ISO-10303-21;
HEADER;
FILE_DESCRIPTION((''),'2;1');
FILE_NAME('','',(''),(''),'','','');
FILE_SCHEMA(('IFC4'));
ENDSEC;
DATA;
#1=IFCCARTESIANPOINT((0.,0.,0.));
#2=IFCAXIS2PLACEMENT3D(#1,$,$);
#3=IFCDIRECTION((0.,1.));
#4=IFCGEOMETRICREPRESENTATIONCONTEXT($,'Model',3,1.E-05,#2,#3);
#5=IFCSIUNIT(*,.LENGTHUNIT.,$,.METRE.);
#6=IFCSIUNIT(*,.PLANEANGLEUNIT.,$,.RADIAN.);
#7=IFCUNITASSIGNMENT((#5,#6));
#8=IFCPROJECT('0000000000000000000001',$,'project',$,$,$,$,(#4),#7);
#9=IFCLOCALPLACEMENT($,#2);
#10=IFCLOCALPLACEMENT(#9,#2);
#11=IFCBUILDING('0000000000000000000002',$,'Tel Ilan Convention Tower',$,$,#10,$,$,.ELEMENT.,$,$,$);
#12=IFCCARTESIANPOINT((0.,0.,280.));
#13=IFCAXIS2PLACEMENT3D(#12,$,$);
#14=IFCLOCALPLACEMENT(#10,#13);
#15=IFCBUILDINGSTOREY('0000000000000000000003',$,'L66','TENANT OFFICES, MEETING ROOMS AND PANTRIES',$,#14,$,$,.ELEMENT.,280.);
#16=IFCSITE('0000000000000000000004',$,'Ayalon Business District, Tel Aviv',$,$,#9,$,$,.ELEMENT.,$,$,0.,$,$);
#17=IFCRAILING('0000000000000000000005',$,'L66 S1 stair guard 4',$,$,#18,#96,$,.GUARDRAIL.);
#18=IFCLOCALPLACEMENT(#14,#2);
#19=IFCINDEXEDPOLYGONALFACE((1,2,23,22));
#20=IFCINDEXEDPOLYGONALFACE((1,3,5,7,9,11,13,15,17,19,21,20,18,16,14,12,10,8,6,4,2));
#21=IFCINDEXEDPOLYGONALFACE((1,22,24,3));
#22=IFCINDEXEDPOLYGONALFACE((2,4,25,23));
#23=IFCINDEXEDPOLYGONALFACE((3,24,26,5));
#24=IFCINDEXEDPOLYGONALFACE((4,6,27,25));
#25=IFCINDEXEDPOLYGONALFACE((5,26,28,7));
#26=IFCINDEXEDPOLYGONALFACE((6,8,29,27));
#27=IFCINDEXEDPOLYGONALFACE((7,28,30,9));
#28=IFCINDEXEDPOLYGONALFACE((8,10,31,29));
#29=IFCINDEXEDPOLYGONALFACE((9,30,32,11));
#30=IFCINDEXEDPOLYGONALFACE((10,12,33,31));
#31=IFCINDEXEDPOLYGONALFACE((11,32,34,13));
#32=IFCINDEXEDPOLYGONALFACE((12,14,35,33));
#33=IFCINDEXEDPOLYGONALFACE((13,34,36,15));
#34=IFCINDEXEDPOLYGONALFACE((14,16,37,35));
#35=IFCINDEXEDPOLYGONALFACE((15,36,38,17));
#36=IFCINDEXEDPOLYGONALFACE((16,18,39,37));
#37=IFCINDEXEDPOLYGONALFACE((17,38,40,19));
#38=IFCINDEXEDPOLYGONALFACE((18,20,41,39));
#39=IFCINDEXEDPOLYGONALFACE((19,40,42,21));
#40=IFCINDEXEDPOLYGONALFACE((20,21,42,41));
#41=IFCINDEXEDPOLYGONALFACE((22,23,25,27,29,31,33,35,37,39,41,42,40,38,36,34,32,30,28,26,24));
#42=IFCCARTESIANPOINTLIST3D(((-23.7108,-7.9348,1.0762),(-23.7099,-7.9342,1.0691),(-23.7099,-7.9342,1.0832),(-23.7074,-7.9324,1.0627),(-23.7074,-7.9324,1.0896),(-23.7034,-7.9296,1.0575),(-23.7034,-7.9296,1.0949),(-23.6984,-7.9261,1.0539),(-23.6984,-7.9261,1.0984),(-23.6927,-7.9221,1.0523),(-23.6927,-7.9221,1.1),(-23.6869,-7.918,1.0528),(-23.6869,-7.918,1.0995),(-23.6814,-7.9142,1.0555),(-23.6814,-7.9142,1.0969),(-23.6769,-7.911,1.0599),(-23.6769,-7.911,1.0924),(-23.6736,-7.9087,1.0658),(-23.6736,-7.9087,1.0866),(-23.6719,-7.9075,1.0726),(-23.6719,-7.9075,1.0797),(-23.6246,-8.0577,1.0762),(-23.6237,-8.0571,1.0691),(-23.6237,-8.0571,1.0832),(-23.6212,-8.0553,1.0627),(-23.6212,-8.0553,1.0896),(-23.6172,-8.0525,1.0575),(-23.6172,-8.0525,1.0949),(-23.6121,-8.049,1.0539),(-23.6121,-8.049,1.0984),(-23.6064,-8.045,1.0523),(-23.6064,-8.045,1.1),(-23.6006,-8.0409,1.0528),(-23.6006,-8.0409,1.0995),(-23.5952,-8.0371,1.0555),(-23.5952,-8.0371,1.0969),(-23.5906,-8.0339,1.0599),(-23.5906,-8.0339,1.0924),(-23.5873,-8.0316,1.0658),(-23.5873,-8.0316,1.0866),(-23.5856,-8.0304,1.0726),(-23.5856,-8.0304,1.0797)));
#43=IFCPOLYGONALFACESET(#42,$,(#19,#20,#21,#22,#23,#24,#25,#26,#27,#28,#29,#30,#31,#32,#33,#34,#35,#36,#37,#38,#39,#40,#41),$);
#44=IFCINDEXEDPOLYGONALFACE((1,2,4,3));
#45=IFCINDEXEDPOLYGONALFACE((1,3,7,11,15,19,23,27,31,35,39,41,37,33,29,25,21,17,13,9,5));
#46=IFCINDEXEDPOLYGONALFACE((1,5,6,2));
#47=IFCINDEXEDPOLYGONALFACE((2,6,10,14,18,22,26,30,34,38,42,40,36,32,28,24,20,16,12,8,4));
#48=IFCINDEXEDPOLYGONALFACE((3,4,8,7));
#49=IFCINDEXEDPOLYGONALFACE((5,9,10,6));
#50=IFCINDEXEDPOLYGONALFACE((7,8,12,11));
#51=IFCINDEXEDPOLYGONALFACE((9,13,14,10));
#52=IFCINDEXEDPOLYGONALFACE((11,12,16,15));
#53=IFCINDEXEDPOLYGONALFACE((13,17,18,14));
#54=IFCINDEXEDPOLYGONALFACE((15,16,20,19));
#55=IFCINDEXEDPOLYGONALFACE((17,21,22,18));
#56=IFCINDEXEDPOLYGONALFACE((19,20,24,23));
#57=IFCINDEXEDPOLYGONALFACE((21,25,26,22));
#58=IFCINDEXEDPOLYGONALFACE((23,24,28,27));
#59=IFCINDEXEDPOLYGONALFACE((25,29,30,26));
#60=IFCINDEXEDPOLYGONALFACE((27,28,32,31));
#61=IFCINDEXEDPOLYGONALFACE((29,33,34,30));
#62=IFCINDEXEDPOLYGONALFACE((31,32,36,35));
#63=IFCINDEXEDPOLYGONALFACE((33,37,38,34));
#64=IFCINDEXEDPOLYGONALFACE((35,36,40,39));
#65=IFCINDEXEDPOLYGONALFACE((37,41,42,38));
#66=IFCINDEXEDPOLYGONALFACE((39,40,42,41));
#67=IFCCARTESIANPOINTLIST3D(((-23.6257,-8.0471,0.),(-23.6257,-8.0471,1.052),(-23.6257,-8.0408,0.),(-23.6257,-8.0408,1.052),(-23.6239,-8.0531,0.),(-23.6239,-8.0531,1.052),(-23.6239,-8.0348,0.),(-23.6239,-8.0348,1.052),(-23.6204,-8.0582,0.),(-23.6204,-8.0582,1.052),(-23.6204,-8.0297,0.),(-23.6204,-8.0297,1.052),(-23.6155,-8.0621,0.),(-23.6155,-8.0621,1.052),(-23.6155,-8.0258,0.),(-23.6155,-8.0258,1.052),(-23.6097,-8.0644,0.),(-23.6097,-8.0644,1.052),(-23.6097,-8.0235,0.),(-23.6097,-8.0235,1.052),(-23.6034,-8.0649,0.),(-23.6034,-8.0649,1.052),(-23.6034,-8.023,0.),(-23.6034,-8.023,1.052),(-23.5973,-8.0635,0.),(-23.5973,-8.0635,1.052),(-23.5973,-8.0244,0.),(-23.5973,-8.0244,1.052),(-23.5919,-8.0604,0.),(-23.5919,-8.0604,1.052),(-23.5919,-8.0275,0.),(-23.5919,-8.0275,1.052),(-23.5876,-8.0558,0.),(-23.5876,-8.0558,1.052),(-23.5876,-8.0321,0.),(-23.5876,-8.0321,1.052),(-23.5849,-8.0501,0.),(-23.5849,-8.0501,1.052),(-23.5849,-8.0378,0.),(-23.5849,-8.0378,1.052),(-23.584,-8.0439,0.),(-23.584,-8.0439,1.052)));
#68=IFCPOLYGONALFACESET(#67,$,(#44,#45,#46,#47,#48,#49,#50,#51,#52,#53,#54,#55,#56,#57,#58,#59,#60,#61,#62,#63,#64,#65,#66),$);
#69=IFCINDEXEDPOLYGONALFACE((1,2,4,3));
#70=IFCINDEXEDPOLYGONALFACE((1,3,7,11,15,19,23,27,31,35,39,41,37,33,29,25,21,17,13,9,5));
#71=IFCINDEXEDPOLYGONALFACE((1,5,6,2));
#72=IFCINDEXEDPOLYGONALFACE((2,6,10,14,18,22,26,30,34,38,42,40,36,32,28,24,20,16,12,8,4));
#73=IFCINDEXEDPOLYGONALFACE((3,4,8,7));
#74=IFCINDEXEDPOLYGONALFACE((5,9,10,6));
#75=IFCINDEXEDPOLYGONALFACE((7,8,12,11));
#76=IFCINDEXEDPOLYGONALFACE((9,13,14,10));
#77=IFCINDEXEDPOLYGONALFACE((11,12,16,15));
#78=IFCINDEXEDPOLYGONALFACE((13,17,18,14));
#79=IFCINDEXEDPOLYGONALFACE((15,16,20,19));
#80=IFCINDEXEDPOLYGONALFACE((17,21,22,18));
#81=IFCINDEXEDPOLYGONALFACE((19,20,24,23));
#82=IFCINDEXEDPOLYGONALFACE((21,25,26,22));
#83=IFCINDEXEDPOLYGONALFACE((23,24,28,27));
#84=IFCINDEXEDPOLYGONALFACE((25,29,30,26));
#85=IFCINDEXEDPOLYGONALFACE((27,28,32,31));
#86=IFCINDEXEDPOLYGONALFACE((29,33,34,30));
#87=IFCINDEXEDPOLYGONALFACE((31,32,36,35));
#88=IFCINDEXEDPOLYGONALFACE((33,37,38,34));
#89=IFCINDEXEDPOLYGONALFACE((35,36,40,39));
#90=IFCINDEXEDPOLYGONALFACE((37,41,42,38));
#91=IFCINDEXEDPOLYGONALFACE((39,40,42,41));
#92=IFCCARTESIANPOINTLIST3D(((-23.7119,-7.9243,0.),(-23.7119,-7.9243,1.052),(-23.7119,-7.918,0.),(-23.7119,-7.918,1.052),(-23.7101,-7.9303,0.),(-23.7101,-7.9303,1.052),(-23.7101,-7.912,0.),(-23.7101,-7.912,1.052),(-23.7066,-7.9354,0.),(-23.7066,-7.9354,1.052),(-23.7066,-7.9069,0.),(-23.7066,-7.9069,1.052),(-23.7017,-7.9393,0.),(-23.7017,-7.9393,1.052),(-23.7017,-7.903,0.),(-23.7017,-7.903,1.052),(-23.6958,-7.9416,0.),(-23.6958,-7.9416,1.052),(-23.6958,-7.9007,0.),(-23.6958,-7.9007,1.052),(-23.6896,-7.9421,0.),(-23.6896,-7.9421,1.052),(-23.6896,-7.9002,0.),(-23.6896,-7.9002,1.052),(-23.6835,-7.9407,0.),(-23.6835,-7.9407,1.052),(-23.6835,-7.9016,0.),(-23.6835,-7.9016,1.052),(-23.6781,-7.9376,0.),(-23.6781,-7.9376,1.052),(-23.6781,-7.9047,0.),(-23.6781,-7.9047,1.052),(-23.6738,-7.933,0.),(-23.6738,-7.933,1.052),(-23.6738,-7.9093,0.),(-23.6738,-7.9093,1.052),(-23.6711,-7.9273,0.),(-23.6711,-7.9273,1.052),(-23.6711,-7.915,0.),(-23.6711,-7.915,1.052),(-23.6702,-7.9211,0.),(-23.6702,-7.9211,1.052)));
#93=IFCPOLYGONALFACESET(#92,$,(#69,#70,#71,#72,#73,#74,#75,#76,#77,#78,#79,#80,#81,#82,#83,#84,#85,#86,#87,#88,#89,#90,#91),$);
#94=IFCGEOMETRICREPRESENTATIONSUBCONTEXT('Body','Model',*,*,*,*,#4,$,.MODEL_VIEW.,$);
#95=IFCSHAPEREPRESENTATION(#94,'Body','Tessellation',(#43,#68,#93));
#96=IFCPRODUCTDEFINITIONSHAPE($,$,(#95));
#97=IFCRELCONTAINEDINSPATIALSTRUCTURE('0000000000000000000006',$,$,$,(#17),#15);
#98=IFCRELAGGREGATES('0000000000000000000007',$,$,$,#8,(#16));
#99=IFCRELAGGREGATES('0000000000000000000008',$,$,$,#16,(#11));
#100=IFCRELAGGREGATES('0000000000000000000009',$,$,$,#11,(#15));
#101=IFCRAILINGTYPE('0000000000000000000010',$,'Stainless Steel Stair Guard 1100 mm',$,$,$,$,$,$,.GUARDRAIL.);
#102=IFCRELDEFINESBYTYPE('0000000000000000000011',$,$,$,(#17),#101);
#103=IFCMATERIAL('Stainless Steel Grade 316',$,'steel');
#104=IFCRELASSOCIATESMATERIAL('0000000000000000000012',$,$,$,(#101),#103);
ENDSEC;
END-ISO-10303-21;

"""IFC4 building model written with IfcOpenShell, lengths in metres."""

from ifc_helpers import new_model, si_unit, direction, frame, origin, origin_2d, place, context, subcontext, project, spatial, circle, extrude, material, type_object, element, save


model = new_model("IFC4")

# Units and contexts
model_context = context("Model", 3, precision=1e-05, world=origin(), true_north=direction((0.0, 1.0)))
body_context = subcontext(model_context, "Body", "Model", "MODEL_VIEW")
ifc_project = project(units=[si_unit("LENGTHUNIT", "METRE"), si_unit("PLANEANGLEUNIT", "RADIAN")], contexts=[model_context])

# Site, building, storey
site_placement = place(None, origin())
site = spatial("IfcSite", under=ifc_project, at=site_placement, Name="Ayalon Business District, Tel Aviv", CompositionType="ELEMENT", RefElevation=0.0)
building_placement = place(site_placement, origin())
building = spatial("IfcBuilding", under=site, at=building_placement, Name="Tel Ilan Convention Tower", CompositionType="ELEMENT")
storey_placement = place(building_placement, frame((0.0, 0.0, 280.0)))
storey = spatial("IfcBuildingStorey", under=building, at=storey_placement, Name="L66", Description="TENANT OFFICES, MEETING ROOMS AND PANTRIES", CompositionType="ELEMENT", Elevation=280.0)

# Railing
ifc_material_1 = material(Name="Stainless Steel Grade 316", Category="steel")
railing_type_1 = type_object("IfcRailingType", Name="Stainless Steel Stair Guard 1100 mm", PredefinedType="GUARDRAIL", material=ifc_material_1)
railing_1_placement = place(storey_placement, frame((-23.605, -8.0439, 0.0)))
element("IfcRailing", 1, at=railing_1_placement, inside=storey, type_object=railing_type_1, Name="L66 S1 stair guard 4", PredefinedType="GUARDRAIL", context=body_context, shape_type="SweptSolid", body=[
    extrude(circle(Radius=0.0239, at=origin_2d()), frame((0.0, 0.0, 1.0762), z_axis=(-0.574445, 0.818543, 0.0), x_axis=(-0.818543, -0.574445, 0.0)), (0.0, 0.0, 1.0), 0.1501),
    extrude(circle(Radius=0.021, at=origin_2d()), origin(), (0.0, 0.0, 1.0), 1.052),
    extrude(circle(Radius=0.021, at=origin_2d()), frame((-0.0862, 0.1228, 0.0)), (0.0, 0.0, 1.0), 1.052),
])

save(model, "model.ifc")
